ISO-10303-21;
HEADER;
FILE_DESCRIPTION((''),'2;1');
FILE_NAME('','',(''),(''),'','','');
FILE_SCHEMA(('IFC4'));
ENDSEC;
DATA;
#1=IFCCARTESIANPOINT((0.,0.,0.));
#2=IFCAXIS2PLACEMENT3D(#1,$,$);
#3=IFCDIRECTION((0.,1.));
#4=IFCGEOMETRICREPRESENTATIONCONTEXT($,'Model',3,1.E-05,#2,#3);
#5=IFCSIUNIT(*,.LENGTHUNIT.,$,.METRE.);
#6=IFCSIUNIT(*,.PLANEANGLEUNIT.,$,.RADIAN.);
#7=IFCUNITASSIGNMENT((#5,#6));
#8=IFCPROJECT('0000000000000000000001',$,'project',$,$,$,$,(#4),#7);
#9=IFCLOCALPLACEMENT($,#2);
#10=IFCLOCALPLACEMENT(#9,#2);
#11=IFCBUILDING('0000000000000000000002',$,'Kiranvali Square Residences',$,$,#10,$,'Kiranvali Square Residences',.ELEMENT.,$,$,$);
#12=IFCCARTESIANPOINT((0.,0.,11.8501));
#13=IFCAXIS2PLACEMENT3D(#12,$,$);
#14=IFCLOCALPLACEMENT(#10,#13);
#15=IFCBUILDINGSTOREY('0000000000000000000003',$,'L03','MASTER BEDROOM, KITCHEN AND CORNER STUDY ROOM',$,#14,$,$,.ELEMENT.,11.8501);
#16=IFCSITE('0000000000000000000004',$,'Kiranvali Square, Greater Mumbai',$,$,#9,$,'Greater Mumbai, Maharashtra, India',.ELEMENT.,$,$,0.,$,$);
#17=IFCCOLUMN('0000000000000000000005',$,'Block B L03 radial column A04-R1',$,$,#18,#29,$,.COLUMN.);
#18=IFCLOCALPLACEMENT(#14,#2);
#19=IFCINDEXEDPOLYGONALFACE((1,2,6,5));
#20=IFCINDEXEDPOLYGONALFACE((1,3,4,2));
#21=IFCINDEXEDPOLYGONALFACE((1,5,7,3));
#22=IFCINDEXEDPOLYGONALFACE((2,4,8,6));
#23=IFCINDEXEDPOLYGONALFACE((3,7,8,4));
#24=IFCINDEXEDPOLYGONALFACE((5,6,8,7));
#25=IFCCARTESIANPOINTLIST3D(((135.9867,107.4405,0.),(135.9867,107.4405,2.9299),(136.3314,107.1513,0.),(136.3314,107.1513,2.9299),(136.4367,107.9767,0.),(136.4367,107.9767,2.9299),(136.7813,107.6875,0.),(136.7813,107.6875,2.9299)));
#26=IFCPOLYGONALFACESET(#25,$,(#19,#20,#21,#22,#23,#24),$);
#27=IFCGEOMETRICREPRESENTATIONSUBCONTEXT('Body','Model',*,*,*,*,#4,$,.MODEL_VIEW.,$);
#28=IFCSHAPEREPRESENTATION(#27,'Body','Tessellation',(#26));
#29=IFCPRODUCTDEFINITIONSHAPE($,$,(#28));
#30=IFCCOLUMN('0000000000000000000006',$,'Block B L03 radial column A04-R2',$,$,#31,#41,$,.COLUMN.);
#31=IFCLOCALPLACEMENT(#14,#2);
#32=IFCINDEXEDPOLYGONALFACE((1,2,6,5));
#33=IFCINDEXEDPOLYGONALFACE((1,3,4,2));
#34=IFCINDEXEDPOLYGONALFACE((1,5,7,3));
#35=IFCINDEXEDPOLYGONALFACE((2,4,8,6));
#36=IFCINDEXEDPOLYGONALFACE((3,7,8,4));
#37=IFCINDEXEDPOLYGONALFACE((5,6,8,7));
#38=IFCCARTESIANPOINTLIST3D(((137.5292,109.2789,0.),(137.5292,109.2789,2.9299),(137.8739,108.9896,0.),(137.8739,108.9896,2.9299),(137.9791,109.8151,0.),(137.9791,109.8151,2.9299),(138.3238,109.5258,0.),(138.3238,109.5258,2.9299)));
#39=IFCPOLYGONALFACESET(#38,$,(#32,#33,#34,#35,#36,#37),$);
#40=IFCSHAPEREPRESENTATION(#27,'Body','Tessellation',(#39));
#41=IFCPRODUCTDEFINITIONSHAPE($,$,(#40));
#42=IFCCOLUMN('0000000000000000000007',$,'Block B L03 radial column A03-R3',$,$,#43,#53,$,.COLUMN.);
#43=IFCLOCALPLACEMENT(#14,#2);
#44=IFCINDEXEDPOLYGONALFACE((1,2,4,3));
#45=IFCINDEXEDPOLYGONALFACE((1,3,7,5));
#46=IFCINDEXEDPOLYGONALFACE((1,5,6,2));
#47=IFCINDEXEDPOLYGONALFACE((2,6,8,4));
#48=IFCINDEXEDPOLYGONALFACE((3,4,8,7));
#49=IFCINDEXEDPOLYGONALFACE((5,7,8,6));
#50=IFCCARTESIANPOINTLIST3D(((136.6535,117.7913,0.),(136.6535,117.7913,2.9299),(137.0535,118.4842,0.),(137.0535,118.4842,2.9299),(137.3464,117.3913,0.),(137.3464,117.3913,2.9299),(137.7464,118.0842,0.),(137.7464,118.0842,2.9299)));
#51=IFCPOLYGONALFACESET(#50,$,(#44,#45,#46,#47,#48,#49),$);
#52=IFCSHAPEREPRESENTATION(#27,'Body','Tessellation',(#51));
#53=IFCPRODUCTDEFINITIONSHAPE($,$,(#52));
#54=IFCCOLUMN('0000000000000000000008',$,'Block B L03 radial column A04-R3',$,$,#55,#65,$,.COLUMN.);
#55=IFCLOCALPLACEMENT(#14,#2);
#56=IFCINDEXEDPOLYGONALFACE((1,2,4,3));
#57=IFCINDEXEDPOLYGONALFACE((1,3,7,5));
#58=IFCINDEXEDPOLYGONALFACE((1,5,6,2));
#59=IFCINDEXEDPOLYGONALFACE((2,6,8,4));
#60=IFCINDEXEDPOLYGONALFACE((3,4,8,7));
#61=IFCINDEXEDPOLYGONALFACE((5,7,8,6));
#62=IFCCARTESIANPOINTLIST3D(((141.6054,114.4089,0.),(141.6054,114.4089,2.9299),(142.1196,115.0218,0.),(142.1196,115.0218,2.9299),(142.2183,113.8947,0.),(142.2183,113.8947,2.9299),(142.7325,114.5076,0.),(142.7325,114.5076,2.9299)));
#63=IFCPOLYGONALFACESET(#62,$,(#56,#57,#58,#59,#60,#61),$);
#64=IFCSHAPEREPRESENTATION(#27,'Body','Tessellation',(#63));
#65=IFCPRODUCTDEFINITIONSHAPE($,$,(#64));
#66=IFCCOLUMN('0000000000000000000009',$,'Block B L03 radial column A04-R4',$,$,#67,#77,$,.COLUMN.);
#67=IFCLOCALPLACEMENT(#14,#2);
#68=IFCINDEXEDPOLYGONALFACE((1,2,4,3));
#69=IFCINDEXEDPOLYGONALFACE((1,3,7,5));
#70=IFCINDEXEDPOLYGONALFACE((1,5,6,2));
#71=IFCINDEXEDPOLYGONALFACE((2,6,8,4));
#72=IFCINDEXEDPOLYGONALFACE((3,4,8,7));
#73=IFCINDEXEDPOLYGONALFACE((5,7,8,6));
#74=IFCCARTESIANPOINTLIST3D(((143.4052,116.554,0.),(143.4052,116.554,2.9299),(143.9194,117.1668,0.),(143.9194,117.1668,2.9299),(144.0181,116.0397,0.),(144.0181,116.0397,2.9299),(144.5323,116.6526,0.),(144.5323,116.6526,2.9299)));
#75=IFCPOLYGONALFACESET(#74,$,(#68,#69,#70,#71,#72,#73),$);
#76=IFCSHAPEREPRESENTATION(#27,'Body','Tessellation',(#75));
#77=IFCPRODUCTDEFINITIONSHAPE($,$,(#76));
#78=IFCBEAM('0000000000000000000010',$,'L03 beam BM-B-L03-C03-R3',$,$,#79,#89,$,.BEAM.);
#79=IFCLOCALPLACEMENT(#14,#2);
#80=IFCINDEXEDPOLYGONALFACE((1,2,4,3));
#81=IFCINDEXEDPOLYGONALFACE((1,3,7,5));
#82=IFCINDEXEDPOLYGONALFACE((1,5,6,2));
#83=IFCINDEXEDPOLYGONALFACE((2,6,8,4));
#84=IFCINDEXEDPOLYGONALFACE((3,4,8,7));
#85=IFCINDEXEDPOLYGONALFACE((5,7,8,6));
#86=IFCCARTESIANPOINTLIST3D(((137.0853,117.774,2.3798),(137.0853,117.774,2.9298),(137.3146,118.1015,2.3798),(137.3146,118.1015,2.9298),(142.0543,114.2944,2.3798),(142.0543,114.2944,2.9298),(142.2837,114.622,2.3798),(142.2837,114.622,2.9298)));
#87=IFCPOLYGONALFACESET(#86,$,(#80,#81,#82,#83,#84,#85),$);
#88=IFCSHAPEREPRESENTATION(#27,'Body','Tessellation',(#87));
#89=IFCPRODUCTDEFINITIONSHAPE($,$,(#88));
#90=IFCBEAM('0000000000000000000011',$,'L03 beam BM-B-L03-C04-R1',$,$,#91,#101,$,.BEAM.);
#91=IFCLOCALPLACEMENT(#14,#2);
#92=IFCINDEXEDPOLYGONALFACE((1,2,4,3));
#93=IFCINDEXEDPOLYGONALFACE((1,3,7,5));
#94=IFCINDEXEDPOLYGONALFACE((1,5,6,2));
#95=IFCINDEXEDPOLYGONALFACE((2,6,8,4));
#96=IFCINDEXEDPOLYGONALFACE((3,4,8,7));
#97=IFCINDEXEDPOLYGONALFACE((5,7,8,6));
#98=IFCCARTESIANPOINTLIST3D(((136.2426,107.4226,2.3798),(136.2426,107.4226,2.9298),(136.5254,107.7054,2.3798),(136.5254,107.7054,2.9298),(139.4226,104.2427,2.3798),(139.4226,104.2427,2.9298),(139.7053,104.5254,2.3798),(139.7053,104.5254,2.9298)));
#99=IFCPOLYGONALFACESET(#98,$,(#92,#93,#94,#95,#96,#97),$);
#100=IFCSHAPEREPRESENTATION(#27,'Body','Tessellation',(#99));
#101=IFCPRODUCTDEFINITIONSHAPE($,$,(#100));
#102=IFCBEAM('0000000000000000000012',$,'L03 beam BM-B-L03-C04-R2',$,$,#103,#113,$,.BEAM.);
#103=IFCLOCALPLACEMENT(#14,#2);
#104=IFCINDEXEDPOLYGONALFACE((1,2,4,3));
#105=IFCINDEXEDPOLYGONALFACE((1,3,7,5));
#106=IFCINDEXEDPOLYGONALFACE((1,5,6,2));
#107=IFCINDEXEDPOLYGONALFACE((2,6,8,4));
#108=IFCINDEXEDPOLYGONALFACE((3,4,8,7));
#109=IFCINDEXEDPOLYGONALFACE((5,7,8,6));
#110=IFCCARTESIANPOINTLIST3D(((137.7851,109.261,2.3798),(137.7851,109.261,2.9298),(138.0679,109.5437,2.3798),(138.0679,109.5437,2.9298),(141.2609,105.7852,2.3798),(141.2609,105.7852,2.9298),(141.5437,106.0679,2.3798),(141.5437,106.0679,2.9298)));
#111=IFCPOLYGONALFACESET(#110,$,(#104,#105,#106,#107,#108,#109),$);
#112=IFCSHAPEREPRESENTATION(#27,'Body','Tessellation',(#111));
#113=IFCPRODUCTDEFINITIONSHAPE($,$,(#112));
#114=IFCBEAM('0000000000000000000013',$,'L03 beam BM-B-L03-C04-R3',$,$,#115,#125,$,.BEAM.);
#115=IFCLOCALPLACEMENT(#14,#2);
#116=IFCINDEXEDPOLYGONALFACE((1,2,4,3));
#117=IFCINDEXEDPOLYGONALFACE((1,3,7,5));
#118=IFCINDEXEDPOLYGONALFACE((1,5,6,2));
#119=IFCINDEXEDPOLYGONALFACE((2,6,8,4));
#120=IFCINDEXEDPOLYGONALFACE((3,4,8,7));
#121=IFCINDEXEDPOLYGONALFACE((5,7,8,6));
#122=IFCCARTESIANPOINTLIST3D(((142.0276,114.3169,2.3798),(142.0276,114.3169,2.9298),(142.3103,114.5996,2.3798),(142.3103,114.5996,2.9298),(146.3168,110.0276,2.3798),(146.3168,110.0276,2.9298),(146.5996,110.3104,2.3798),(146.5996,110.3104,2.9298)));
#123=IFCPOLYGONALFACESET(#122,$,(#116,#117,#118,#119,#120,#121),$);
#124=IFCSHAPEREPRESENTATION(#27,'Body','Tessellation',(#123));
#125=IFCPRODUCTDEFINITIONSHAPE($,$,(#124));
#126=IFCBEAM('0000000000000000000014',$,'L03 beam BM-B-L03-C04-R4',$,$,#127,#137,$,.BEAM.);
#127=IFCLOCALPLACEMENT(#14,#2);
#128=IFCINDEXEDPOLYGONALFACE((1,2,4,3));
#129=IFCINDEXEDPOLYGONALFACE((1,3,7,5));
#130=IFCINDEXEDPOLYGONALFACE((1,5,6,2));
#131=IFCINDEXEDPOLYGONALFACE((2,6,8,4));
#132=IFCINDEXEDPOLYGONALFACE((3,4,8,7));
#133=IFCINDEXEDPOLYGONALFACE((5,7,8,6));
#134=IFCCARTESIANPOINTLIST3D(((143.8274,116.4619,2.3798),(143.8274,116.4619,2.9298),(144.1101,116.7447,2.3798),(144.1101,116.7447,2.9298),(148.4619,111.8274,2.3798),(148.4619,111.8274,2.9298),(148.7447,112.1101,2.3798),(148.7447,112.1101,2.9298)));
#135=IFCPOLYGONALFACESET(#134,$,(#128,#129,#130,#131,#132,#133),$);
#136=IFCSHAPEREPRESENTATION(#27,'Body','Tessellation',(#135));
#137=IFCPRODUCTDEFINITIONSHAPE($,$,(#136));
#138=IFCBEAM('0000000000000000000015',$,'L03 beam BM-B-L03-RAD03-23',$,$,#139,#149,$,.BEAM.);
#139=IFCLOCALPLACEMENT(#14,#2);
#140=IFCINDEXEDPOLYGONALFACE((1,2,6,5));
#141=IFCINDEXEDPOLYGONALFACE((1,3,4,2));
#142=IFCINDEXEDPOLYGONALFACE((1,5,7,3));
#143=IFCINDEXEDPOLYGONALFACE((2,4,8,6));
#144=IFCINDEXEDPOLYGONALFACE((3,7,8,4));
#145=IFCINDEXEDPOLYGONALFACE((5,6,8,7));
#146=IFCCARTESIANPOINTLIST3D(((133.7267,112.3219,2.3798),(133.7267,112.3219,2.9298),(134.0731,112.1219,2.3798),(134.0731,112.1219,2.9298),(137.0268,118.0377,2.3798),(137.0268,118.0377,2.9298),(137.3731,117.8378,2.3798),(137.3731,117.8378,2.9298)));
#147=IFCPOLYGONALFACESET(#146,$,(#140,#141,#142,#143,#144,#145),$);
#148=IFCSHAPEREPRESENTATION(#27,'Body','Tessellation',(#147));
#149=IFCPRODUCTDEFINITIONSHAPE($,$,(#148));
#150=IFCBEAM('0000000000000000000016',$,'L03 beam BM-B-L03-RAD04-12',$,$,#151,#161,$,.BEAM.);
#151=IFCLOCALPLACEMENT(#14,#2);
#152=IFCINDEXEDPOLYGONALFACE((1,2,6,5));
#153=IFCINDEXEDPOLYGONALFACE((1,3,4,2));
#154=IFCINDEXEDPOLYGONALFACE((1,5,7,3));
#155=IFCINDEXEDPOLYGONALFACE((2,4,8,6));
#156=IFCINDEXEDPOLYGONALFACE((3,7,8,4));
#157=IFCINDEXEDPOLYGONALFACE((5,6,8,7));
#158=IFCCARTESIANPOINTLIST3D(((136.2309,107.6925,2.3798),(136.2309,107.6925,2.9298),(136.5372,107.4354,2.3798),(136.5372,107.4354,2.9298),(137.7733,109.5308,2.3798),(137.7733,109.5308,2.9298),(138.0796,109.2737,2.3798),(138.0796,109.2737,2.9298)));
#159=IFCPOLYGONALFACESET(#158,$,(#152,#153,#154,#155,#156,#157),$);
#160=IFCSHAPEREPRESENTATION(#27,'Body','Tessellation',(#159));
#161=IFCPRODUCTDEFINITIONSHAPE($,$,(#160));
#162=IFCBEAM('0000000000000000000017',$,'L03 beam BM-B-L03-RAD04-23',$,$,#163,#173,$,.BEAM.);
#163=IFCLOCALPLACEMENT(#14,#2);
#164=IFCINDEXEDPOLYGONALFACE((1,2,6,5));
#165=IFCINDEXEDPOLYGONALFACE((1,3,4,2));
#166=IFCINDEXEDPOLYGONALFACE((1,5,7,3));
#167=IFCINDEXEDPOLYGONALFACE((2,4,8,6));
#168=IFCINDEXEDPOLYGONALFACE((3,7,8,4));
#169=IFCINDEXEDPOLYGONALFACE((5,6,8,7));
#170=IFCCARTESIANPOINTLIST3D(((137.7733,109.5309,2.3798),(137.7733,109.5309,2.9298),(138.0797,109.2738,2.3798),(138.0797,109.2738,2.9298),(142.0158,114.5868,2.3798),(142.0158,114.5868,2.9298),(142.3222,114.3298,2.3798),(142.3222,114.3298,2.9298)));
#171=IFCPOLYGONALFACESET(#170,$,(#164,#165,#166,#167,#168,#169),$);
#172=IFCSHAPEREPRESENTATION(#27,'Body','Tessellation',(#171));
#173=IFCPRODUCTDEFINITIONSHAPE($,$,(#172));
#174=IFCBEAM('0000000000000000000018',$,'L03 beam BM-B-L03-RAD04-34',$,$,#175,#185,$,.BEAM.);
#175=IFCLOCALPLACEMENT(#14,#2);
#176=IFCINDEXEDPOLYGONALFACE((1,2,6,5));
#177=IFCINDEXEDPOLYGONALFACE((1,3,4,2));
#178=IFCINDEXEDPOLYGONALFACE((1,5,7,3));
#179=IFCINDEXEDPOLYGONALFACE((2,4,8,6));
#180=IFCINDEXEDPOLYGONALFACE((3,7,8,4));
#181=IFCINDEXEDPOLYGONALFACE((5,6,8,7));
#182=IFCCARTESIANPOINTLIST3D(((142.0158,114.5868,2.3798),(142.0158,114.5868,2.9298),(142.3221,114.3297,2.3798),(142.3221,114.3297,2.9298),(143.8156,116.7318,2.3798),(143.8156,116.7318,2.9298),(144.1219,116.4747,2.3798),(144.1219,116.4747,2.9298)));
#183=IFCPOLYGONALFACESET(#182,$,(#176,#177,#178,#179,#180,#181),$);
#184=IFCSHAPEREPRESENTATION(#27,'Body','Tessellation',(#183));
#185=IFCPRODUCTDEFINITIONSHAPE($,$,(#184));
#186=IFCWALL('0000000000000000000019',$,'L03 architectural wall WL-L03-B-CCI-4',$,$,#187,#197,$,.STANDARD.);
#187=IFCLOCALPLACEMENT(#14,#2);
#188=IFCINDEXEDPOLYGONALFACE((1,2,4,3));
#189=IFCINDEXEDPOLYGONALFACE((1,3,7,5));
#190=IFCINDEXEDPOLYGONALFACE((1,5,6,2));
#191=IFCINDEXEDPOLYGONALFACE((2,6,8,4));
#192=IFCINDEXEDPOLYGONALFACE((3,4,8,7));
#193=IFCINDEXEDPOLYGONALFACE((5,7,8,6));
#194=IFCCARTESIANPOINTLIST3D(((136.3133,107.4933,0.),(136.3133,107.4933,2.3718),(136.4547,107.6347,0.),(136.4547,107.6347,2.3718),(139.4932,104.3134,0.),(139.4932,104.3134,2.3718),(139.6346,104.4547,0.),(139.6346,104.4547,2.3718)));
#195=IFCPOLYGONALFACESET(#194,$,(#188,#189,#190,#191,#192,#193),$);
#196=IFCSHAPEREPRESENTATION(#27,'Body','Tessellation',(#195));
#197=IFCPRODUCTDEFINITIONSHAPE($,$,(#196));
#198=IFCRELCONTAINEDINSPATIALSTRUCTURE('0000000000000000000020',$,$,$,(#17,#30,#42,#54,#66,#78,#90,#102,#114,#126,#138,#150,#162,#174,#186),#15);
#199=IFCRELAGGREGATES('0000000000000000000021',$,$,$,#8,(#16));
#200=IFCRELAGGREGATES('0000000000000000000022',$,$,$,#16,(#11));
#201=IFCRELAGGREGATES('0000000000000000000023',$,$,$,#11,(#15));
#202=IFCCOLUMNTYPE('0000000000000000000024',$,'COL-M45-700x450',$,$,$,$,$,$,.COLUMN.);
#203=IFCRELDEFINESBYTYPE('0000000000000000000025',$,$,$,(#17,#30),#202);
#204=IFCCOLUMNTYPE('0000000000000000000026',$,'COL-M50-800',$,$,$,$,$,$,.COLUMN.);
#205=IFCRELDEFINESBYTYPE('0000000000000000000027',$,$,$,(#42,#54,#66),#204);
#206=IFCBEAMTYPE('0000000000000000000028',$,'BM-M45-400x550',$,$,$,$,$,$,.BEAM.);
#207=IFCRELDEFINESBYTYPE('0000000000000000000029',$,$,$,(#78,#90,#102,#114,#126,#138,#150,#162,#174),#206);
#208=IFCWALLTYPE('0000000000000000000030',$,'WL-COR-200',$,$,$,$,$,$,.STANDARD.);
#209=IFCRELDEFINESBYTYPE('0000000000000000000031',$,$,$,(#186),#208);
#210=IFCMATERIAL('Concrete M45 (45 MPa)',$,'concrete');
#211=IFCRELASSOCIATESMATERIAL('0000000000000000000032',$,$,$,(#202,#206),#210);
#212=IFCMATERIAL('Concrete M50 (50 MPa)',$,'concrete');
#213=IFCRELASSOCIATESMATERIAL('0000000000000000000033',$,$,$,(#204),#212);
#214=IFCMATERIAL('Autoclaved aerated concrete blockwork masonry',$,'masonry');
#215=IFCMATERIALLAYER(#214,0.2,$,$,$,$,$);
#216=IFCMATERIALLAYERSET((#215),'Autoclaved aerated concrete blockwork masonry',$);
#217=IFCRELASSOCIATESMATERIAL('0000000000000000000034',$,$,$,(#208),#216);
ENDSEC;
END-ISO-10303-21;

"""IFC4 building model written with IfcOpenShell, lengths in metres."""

from ifc_helpers import new_model, si_unit, direction, frame, frame_2d, origin, origin_2d, place, context, subcontext, project, spatial, rectangle, extrude, material, layer, layer_set, material_profile, profile_set, type_object, element, save


model = new_model("IFC4")

# Units and contexts
model_context = context("Model", 3, precision=1e-05, world=origin(), true_north=direction((0.0, 1.0)))
body_context = subcontext(model_context, "Body", "Model", "MODEL_VIEW")
ifc_project = project(units=[si_unit("LENGTHUNIT", "METRE"), si_unit("PLANEANGLEUNIT", "RADIAN")], contexts=[model_context])

# Site, building, storey
site_placement = place(None, origin())
site = spatial("IfcSite", under=ifc_project, at=site_placement, Name="Kiranvali Square, Greater Mumbai", LongName="Greater Mumbai, Maharashtra, India", CompositionType="ELEMENT", RefElevation=0.0)
building_placement = place(site_placement, origin())
building = spatial("IfcBuilding", under=site, at=building_placement, Name="Kiranvali Square Residences", LongName="Kiranvali Square Residences", CompositionType="ELEMENT")
storey_placement = place(building_placement, frame((0.0, 0.0, 11.8501)))
storey = spatial("IfcBuildingStorey", under=building, at=storey_placement, Name="L03", Description="MASTER BEDROOM, KITCHEN AND CORNER STUDY ROOM", CompositionType="ELEMENT", Elevation=11.8501)

# Columns
ifc_material_1 = material(Name="Concrete M45 (45 MPa)", Category="concrete")
ifc_material_profile_1 = material_profile(ifc_material_1, rectangle(XDim=0.45, YDim=0.7, at=origin_2d()), Name="RC 700x450")
ifc_profile_set_1 = profile_set([ifc_material_profile_1], Name="Concrete M45 (45 MPa)")
column_type_1 = type_object("IfcColumnType", Name="COL-M45-700x450", PredefinedType="COLUMN", material=ifc_profile_set_1)
for number, where, z_axis, x_axis, name in (
    (1, (136.384, 107.564, 0.0), (0.0, 0.0, 1.0), (-0.766044, 0.642788, 0.0), "Block B L03 radial column A04-R1"),
    (2, (137.9265, 109.4023, 0.0), (0.0, 0.0, 1.0), (-0.766044, 0.642788, 0.0), "Block B L03 radial column A04-R2"),
):
    element("IfcColumn", number, at=place(storey_placement, frame(where, z_axis=z_axis, x_axis=x_axis)), inside=storey, type_object=column_type_1, Name=name, PredefinedType="COLUMN", context=body_context, shape_type="SweptSolid", body=[
        extrude(rectangle(XDim=0.45, YDim=0.7, at=origin_2d()), origin(), (0.0, 0.0, 1.0), 2.9299),
    ])
ifc_material_2 = material(Name="Concrete M50 (50 MPa)", Category="concrete")
ifc_material_profile_2 = material_profile(ifc_material_2, rectangle(XDim=0.8, YDim=0.8, at=origin_2d()), Name="RC 800x800")
ifc_profile_set_2 = profile_set([ifc_material_profile_2], Name="Concrete M50 (50 MPa)")
column_type_2 = type_object("IfcColumnType", Name="COL-M50-800", PredefinedType="COLUMN", material=ifc_profile_set_2)
for number, where, z_axis, x_axis, name in (
    (3, (137.2, 117.9377, 0.0), (0.0, 0.0, 1.0), (-0.866025, 0.5, 0.0), "Block B L03 radial column A03-R3"),
    (4, (142.1689, 114.4583, 0.0), (0.0, 0.0, 1.0), (-0.766044, 0.642788, 0.0), "Block B L03 radial column A04-R3"),
    (5, (143.9688, 116.6033, 0.0), (0.0, 0.0, 1.0), (-0.766044, 0.642788, 0.0), "Block B L03 radial column A04-R4"),
):
    element("IfcColumn", number, at=place(storey_placement, frame(where, z_axis=z_axis, x_axis=x_axis)), inside=storey, type_object=column_type_2, Name=name, PredefinedType="COLUMN", context=body_context, shape_type="SweptSolid", body=[
        extrude(rectangle(XDim=0.8, YDim=0.8, at=origin_2d()), origin(), (0.0, 0.0, 1.0), 2.9299),
    ])

# Beams
ifc_material_profile_3 = material_profile(ifc_material_1, rectangle(XDim=0.3999, YDim=0.55, at=origin_2d()), Name="RC 400x550")
ifc_profile_set_3 = profile_set([ifc_material_profile_3], Name="Concrete M45 (45 MPa)")
beam_type = type_object("IfcBeamType", Name="BM-M45-400x550", PredefinedType="BEAM", material=ifc_profile_set_3)
beam_1_placement = place(storey_placement, frame((137.2, 117.9377, 2.6548), z_axis=(0.819139, -0.573595, 0.0), x_axis=(0.573595, 0.819139, 0.0)))
element("IfcBeam", 6, at=beam_1_placement, inside=storey, type_object=beam_type, Name="L03 beam BM-B-L03-C03-R3", PredefinedType="BEAM", context=body_context, shape_type="SweptSolid", body=[
    extrude(rectangle(XDim=0.3999, YDim=0.55, at=origin_2d()), origin(), (0.0, 0.0, 1.0), 6.0662),
])
beam_2_placement = place(storey_placement, frame((136.384, 107.564, 2.6548), z_axis=(0.707107, -0.707107, 0.0), x_axis=(0.707107, 0.707107, 0.0)))
element("IfcBeam", 7, at=beam_2_placement, inside=storey, type_object=beam_type, Name="L03 beam BM-B-L03-C04-R1", PredefinedType="BEAM", context=body_context, shape_type="SweptSolid", body=[
    extrude(rectangle(XDim=0.3999, YDim=0.55, at=origin_2d()), origin(), (0.0, 0.0, 1.0), 4.4971),
])
beam_3_placement = place(storey_placement, frame((137.9265, 109.4023, 2.6548), z_axis=(0.707107, -0.707107, 0.0), x_axis=(0.707107, 0.707107, 0.0)))
element("IfcBeam", 8, at=beam_3_placement, inside=storey, type_object=beam_type, Name="L03 beam BM-B-L03-C04-R2", PredefinedType="BEAM", context=body_context, shape_type="SweptSolid", body=[
    extrude(rectangle(XDim=0.3999, YDim=0.55, at=origin_2d()), origin(), (0.0, 0.0, 1.0), 4.9155),
])
beam_4_placement = place(storey_placement, frame((142.1689, 114.4583, 2.6548), z_axis=(0.707107, -0.707107, 0.0), x_axis=(0.707107, 0.707107, 0.0)))
element("IfcBeam", 9, at=beam_4_placement, inside=storey, type_object=beam_type, Name="L03 beam BM-B-L03-C04-R3", PredefinedType="BEAM", context=body_context, shape_type="SweptSolid", body=[
    extrude(rectangle(XDim=0.3999, YDim=0.55, at=origin_2d()), origin(), (0.0, 0.0, 1.0), 6.0659),
])
beam_5_placement = place(storey_placement, frame((143.9688, 116.6033, 2.6548), z_axis=(0.707107, -0.707107, 0.0), x_axis=(0.707107, 0.707107, 0.0)))
element("IfcBeam", 10, at=beam_5_placement, inside=storey, type_object=beam_type, Name="L03 beam BM-B-L03-C04-R4", PredefinedType="BEAM", context=body_context, shape_type="SweptSolid", body=[
    extrude(rectangle(XDim=0.3999, YDim=0.55, at=origin_2d()), origin(), (0.0, 0.0, 1.0), 6.5542),
])
beam_6_placement = place(storey_placement, frame((133.8999, 112.2219, 2.6548), z_axis=(0.500002, 0.866024, 0.0), x_axis=(-0.866024, 0.500002, 0.0)))
element("IfcBeam", 11, at=beam_6_placement, inside=storey, type_object=beam_type, Name="L03 beam BM-B-L03-RAD03-23", PredefinedType="BEAM", context=body_context, shape_type="SweptSolid", body=[
    extrude(rectangle(XDim=0.3999, YDim=0.55, at=origin_2d()), origin(), (0.0, 0.0, 1.0), 6.6001),
])
beam_7_placement = place(storey_placement, frame((136.384, 107.564, 2.6548), z_axis=(0.642763, 0.766065, 0.0), x_axis=(-0.766065, 0.642763, 0.0)))
element("IfcBeam", 12, at=beam_7_placement, inside=storey, type_object=beam_type, Name="L03 beam BM-B-L03-RAD04-12", PredefinedType="BEAM", context=body_context, shape_type="SweptSolid", body=[
    extrude(rectangle(XDim=0.3999, YDim=0.55, at=origin_2d()), origin(), (0.0, 0.0, 1.0), 2.3997),
])
beam_8_placement = place(storey_placement, frame((137.9265, 109.4023, 2.6548), z_axis=(0.642789, 0.766043, 0.0), x_axis=(-0.766043, 0.642789, 0.0)))
element("IfcBeam", 13, at=beam_8_placement, inside=storey, type_object=beam_type, Name="L03 beam BM-B-L03-RAD04-23", PredefinedType="BEAM", context=body_context, shape_type="SweptSolid", body=[
    extrude(rectangle(XDim=0.3999, YDim=0.55, at=origin_2d()), origin(), (0.0, 0.0, 1.0), 6.6001),
])
beam_9_placement = place(storey_placement, frame((142.1689, 114.4583, 2.6548), z_axis=(0.642771, 0.766059, 0.0), x_axis=(-0.766059, 0.642771, 0.0)))
element("IfcBeam", 14, at=beam_9_placement, inside=storey, type_object=beam_type, Name="L03 beam BM-B-L03-RAD04-34", PredefinedType="BEAM", context=body_context, shape_type="SweptSolid", body=[
    extrude(rectangle(XDim=0.3999, YDim=0.55, at=origin_2d()), origin(), (0.0, 0.0, 1.0), 2.8),
])

# Shared definitions
ifc_material_3 = material(Name="Autoclaved aerated concrete blockwork masonry", Category="masonry")
ifc_layer_1 = layer(ifc_material_3, 0.2)
ifc_layer_set_1 = layer_set([ifc_layer_1], Name="Autoclaved aerated concrete blockwork masonry")
wall_type_1 = type_object("IfcWallType", Name="WL-COR-200", PredefinedType="STANDARD", material=ifc_layer_set_1)

# Wall
wall_1_placement = place(storey_placement, frame((136.384, 107.564, 0.0), z_axis=(0.0, 0.0, 1.0), x_axis=(0.707107, -0.707107, 0.0)))
element("IfcWall", 15, at=wall_1_placement, inside=storey, type_object=wall_type_1, Name="L03 architectural wall WL-L03-B-CCI-4", PredefinedType="STANDARD", context=body_context, shape_type="SweptSolid", body=[
    extrude(rectangle(XDim=4.4971, YDim=0.2, at=frame_2d((2.2485, 0.0))), origin(), (0.0, 0.0, 1.0), 2.3718),
])

save(model, "model.ifc")
